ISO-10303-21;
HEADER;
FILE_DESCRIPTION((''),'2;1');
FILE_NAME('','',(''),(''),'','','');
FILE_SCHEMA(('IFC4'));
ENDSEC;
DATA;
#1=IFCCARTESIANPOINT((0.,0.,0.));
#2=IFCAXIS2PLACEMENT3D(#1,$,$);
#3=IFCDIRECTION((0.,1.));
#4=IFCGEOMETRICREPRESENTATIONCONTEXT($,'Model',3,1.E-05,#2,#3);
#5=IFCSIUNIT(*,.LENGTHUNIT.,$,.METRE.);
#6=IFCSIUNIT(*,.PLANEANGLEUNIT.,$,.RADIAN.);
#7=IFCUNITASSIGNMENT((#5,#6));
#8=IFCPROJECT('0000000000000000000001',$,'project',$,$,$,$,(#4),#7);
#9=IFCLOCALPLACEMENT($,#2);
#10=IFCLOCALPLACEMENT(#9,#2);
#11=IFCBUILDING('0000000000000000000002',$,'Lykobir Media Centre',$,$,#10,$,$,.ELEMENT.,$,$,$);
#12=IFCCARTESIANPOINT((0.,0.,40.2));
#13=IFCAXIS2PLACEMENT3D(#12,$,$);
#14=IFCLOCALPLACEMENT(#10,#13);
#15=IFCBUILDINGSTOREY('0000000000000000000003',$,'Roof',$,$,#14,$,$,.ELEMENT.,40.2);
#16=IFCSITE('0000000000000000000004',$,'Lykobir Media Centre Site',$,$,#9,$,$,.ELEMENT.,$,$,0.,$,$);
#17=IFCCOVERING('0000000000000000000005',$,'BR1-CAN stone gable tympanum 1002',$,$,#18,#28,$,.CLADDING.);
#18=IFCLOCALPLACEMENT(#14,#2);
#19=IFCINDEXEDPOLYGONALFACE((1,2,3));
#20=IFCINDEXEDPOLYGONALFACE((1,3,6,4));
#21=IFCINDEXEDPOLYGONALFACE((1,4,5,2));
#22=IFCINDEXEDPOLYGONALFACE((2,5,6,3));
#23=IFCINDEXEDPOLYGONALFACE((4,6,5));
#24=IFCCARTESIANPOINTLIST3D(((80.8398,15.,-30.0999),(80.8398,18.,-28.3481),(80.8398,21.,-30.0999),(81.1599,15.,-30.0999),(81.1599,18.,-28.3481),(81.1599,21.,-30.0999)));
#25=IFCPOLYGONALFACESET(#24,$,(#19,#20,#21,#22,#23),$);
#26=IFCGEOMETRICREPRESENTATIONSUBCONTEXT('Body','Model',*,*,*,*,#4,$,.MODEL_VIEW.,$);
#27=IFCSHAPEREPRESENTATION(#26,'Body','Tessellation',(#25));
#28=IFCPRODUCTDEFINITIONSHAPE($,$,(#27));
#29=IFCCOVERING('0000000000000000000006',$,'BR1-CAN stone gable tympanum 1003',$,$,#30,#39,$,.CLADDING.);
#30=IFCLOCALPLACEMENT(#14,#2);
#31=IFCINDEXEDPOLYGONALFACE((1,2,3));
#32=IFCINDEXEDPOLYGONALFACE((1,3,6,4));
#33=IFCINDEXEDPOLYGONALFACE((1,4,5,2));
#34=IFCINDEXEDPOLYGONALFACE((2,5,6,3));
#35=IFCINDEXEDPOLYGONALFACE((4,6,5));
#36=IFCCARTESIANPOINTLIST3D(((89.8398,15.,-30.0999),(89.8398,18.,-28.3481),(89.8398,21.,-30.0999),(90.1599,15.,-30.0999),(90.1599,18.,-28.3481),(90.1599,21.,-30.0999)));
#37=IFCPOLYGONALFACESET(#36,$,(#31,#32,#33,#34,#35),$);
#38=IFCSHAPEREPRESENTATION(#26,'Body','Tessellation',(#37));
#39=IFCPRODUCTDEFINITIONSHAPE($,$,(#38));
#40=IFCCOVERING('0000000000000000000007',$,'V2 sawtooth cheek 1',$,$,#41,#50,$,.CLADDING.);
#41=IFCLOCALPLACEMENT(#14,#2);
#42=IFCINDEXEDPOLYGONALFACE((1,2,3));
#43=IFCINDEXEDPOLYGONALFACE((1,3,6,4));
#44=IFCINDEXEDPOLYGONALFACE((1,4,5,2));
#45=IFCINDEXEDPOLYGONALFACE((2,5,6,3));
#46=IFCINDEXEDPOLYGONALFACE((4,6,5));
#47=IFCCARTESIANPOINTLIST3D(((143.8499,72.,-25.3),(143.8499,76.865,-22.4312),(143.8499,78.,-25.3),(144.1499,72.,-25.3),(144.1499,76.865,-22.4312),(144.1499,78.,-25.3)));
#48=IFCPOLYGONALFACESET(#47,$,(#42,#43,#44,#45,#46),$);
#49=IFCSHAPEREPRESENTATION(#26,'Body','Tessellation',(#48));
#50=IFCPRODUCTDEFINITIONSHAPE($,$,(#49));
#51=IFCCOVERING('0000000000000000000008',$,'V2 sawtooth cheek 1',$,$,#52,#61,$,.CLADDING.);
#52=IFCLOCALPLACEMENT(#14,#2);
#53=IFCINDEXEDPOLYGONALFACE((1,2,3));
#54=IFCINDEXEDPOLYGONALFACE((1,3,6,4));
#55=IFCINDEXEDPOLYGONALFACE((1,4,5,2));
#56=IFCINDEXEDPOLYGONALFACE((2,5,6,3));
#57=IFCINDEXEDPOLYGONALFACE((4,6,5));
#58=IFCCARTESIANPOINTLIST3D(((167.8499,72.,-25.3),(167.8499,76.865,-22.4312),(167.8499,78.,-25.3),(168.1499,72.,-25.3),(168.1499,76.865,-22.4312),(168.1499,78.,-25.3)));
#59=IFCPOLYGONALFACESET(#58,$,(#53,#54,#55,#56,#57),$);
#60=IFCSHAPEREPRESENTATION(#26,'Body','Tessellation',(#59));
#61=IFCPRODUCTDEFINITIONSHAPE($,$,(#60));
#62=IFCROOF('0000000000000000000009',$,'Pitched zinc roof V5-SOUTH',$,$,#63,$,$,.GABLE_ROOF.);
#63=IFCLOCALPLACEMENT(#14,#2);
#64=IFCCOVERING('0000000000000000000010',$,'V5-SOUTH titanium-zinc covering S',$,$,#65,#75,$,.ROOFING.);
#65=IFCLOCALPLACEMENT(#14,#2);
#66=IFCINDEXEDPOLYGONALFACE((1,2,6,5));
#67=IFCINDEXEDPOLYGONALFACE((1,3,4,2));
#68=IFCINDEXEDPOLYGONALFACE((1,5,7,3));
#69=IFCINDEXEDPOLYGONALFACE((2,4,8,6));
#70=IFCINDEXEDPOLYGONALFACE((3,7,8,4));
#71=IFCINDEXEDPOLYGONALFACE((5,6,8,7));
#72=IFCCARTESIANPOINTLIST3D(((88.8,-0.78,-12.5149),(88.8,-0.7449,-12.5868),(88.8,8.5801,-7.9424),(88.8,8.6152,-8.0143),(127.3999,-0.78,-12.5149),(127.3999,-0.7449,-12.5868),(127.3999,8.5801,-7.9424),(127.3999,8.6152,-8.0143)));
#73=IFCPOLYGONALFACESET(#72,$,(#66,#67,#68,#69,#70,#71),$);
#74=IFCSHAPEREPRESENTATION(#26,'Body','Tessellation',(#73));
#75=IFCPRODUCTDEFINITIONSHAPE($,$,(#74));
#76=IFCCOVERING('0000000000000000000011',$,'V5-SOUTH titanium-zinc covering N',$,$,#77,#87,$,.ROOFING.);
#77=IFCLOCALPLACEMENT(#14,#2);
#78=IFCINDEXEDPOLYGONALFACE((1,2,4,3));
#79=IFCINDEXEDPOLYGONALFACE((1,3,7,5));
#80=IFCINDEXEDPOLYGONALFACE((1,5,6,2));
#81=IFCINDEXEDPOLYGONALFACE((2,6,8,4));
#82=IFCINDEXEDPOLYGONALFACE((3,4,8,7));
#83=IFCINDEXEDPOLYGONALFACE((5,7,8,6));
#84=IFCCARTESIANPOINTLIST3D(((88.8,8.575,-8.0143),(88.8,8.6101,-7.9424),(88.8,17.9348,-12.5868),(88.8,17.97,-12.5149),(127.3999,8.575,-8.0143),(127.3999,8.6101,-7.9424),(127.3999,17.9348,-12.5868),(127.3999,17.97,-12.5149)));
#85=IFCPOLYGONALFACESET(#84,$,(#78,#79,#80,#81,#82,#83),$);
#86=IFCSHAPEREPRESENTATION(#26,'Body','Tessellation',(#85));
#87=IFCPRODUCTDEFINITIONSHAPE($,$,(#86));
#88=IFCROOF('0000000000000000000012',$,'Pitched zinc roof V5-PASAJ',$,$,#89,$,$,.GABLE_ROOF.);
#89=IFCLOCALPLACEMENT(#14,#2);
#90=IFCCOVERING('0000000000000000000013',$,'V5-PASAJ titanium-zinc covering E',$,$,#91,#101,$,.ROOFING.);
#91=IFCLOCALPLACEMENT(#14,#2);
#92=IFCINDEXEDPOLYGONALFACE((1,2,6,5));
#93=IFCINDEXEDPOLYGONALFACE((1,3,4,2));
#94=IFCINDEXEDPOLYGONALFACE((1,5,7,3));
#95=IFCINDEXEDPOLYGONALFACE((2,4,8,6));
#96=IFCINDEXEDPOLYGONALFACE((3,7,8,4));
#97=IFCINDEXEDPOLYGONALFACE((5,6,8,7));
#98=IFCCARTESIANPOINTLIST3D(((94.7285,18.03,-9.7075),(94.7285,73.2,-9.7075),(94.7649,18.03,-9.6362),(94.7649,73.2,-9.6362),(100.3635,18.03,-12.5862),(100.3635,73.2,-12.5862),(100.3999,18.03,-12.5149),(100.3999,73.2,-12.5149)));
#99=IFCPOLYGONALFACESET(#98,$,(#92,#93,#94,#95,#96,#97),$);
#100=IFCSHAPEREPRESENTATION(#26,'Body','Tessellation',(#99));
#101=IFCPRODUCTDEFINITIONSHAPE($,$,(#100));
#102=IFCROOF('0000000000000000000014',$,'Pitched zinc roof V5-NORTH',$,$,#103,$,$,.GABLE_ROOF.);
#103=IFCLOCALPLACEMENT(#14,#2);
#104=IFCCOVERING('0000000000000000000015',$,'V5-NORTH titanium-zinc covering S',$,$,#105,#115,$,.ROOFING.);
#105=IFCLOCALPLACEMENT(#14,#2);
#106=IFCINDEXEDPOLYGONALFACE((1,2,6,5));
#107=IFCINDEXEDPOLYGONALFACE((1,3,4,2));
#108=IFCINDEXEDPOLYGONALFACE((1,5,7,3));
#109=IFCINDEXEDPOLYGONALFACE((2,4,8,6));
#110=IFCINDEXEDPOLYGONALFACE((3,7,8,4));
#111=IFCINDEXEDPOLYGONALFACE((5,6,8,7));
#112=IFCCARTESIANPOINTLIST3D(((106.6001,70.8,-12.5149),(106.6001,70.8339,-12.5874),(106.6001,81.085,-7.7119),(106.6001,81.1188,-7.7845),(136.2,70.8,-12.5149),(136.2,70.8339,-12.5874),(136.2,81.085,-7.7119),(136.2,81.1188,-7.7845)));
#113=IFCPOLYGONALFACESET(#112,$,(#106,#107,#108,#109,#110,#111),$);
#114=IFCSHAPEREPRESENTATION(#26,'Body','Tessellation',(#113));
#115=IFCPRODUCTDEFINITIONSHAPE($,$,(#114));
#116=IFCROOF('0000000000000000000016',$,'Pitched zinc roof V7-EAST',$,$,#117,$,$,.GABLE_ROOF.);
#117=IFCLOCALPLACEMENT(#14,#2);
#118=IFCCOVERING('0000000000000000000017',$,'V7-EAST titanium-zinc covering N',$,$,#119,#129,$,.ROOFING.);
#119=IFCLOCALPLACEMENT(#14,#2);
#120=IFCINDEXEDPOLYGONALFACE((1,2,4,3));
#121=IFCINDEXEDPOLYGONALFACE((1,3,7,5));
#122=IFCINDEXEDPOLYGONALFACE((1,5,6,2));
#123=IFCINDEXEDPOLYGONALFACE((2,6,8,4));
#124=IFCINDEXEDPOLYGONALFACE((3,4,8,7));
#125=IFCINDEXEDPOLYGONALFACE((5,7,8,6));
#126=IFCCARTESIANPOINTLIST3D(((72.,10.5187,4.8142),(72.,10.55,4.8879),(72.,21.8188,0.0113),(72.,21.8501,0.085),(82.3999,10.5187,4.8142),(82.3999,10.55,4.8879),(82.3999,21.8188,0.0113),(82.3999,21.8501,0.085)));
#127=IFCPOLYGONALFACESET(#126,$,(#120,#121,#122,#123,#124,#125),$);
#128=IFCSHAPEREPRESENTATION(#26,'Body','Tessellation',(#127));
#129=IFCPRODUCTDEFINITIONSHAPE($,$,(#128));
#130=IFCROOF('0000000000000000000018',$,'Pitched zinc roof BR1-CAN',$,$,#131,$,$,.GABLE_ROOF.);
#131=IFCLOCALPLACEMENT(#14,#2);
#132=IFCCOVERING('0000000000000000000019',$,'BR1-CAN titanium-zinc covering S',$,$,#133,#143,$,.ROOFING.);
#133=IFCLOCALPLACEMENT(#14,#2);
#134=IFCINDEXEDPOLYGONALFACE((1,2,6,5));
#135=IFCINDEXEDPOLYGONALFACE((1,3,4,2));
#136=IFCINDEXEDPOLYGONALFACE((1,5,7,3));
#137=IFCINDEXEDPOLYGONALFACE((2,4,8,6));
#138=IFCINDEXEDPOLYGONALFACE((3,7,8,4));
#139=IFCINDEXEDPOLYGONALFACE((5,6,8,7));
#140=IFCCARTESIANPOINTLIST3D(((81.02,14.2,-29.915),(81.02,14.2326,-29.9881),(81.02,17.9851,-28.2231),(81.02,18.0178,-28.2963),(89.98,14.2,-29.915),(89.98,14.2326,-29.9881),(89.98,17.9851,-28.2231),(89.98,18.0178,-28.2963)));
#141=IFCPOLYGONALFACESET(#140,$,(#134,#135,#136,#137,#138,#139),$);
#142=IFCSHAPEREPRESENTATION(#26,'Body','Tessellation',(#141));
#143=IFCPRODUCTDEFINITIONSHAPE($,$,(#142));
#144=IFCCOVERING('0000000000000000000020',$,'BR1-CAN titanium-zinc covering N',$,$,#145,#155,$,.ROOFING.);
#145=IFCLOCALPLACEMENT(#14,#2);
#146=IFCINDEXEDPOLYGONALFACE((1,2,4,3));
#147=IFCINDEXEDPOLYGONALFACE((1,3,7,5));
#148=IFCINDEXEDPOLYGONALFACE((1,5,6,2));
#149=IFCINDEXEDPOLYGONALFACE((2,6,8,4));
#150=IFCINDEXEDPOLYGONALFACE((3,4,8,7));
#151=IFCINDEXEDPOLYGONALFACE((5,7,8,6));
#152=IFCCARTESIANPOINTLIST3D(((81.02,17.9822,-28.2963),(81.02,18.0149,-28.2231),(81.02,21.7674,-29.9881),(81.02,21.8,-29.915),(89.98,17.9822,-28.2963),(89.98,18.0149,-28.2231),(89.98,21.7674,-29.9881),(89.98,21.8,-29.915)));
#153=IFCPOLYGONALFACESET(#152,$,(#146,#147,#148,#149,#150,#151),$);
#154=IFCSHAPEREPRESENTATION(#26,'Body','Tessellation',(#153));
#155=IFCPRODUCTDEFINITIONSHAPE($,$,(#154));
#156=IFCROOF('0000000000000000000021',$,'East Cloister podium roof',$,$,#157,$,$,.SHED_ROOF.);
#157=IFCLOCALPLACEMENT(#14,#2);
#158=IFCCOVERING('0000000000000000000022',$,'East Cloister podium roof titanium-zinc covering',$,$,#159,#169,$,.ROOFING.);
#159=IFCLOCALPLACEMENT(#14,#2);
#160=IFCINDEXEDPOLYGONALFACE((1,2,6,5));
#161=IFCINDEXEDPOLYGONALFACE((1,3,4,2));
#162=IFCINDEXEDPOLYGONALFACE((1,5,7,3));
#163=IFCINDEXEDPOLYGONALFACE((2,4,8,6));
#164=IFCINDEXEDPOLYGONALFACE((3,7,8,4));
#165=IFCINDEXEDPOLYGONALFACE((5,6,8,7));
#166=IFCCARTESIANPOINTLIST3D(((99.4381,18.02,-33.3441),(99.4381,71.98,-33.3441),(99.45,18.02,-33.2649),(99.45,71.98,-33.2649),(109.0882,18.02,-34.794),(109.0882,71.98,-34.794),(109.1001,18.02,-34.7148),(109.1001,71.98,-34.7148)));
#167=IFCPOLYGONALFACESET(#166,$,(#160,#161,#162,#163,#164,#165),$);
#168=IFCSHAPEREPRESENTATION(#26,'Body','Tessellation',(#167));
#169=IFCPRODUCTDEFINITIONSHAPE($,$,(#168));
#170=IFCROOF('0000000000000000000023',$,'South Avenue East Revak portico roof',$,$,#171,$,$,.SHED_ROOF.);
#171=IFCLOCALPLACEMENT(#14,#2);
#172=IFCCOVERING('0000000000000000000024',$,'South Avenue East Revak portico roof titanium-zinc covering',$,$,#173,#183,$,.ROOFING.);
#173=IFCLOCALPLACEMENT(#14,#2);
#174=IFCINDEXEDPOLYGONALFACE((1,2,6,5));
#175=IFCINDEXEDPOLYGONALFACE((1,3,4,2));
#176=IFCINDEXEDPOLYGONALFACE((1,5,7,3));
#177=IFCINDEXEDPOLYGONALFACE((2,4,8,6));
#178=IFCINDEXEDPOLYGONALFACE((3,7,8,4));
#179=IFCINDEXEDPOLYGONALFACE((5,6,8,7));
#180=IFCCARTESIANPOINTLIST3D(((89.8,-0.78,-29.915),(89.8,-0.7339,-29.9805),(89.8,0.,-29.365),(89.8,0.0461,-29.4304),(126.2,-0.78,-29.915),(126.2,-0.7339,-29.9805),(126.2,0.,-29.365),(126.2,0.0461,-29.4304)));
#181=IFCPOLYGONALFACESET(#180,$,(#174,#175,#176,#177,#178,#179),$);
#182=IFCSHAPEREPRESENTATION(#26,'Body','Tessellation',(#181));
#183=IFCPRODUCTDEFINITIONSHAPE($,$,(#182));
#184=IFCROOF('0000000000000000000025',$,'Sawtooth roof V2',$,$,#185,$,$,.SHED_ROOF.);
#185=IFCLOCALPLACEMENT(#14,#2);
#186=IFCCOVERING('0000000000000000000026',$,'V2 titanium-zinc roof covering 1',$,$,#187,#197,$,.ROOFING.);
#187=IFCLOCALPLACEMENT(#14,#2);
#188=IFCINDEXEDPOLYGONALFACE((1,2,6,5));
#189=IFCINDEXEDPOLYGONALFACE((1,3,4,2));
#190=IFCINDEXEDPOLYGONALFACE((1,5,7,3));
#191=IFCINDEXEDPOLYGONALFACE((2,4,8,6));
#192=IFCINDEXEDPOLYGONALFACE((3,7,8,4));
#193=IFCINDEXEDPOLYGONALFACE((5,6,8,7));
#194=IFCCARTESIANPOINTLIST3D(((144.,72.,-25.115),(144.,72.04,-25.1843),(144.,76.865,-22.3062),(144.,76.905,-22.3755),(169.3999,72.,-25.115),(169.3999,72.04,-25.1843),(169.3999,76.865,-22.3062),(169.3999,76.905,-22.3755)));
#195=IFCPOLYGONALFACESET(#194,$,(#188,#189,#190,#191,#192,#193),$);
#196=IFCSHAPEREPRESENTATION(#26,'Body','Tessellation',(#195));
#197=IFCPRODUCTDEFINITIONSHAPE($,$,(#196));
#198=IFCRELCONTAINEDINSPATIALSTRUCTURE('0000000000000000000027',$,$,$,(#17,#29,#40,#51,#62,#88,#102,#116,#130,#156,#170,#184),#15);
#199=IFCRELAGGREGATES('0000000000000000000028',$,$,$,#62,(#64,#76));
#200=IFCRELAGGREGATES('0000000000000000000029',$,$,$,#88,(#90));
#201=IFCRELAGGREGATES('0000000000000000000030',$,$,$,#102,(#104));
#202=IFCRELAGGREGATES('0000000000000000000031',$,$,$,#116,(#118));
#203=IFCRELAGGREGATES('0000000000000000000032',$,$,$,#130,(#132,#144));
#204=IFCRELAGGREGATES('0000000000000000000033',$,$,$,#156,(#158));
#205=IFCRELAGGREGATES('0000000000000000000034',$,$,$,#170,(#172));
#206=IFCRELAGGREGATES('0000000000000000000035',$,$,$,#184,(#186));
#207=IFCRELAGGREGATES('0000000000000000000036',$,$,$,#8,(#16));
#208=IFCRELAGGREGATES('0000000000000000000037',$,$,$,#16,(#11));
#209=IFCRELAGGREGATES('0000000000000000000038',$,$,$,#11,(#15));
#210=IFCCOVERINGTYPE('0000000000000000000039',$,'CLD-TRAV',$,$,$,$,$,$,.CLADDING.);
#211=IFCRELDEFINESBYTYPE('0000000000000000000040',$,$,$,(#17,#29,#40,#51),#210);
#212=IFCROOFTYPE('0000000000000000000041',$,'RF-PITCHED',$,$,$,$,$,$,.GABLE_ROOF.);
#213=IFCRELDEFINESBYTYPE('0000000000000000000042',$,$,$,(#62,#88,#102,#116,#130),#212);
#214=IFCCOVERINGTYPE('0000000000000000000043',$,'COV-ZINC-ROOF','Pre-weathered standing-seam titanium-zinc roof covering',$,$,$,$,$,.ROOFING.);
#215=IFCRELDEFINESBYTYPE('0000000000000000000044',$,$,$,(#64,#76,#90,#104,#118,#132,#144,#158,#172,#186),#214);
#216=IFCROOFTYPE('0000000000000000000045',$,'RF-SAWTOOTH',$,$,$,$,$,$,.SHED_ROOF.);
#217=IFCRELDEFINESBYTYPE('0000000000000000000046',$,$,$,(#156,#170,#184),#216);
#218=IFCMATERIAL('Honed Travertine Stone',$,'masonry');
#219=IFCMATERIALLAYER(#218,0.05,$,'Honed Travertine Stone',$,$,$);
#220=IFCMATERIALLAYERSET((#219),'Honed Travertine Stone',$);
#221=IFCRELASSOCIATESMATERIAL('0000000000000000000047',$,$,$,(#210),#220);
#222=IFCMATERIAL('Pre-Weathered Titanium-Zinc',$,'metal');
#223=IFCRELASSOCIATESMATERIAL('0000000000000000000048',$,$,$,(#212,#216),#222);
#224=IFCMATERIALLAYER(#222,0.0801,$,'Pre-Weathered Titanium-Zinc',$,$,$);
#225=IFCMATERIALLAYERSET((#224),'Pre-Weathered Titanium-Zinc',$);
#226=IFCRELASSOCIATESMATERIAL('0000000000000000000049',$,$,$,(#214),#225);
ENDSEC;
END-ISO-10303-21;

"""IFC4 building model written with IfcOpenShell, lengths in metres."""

from ifc_helpers import new_model, si_unit, direction, frame, origin, place, context, subcontext, project, spatial, polyline, outline, extrude, material, layer, layer_set, type_object, element, aggregate, save


model = new_model("IFC4")

# Units and contexts
model_context = context("Model", 3, precision=1e-05, world=origin(), true_north=direction((0.0, 1.0)))
body_context = subcontext(model_context, "Body", "Model", "MODEL_VIEW")
ifc_project = project(units=[si_unit("LENGTHUNIT", "METRE"), si_unit("PLANEANGLEUNIT", "RADIAN")], contexts=[model_context])

# Site, building, storey
site_placement = place(None, origin())
site = spatial("IfcSite", under=ifc_project, at=site_placement, Name="Lykobir Media Centre Site", CompositionType="ELEMENT", RefElevation=0.0)
building_placement = place(site_placement, origin())
building = spatial("IfcBuilding", under=site, at=building_placement, Name="Lykobir Media Centre", CompositionType="ELEMENT")
storey_placement = place(building_placement, frame((0.0, 0.0, 40.2)))
storey = spatial("IfcBuildingStorey", under=building, at=storey_placement, Name="Roof", CompositionType="ELEMENT", Elevation=40.2)

# Coverings
ifc_material_1 = material(Name="Honed Travertine Stone", Category="masonry")
ifc_layer_1 = layer(ifc_material_1, 0.05, Name="Honed Travertine Stone")
ifc_layer_set_1 = layer_set([ifc_layer_1], Name="Honed Travertine Stone")
covering_type_1 = type_object("IfcCoveringType", Name="CLD-TRAV", PredefinedType="CLADDING", material=ifc_layer_set_1)
for number, where, z_axis, x_axis, name in (
    (1, (81.1599, 15.0, -30.0999), (1.0, 0.0, 0.0), (0.0, 1.0, 0.0), "BR1-CAN stone gable tympanum 1002"),
    (2, (90.1599, 15.0, -30.0999), (1.0, 0.0, 0.0), (0.0, 1.0, 0.0), "BR1-CAN stone gable tympanum 1003"),
):
    element("IfcCovering", number, at=place(storey_placement, frame(where, z_axis=z_axis, x_axis=x_axis)), inside=storey, type_object=covering_type_1, Name=name, PredefinedType="CLADDING", context=body_context, shape_type="SweptSolid", body=[
        extrude(outline(polyline([(0.0, 0.0), (6.0, 0.0), (3.0, 1.7517), (0.0, 0.0)])), origin(), (0.0, 0.0, -1.0), 0.3201),
    ])
for number, where, z_axis, x_axis, name in (
    (3, (144.1499, 72.0, -25.3), (1.0, 0.0, 0.0), (0.0, 1.0, 0.0), "V2 sawtooth cheek 1"),
    (4, (168.1499, 72.0, -25.3), (1.0, 0.0, 0.0), (0.0, 1.0, 0.0), "V2 sawtooth cheek 1"),
):
    element("IfcCovering", number, at=place(storey_placement, frame(where, z_axis=z_axis, x_axis=x_axis)), inside=storey, type_object=covering_type_1, Name=name, PredefinedType="CLADDING", context=body_context, shape_type="SweptSolid", body=[
        extrude(outline(polyline([(0.0, 0.0), (6.0, 0.0), (4.865, 2.8689), (0.0, 0.0)])), origin(), (0.0, 0.0, -1.0), 0.3),
    ])

# Roof, coverings
ifc_material_2 = material(Name="Pre-Weathered Titanium-Zinc", Category="metal")
roof_type_1 = type_object("IfcRoofType", Name="RF-PITCHED", PredefinedType="GABLE_ROOF", material=ifc_material_2)
roof_1_placement = place(storey_placement, origin())
roof_1 = element("IfcRoof", 5, at=roof_1_placement, inside=storey, type_object=roof_type_1, Name="Pitched zinc roof V5-SOUTH", PredefinedType="GABLE_ROOF")
ifc_layer_2 = layer(ifc_material_2, 0.0801, Name="Pre-Weathered Titanium-Zinc")
ifc_layer_set_2 = layer_set([ifc_layer_2], Name="Pre-Weathered Titanium-Zinc")
covering_type_2 = type_object("IfcCoveringType", Name="COV-ZINC-ROOF", Description="Pre-weathered standing-seam titanium-zinc roof covering", PredefinedType="ROOFING", material=ifc_layer_set_2)
covering_1_placement = place(storey_placement, frame((88.8, -0.78, -12.5149), z_axis=(0.0, -0.438936, 0.898519), x_axis=(1.0, 0.0, 0.0)))
covering_1 = element("IfcCovering", 6, at=covering_1_placement, type_object=covering_type_2, Name="V5-SOUTH titanium-zinc covering S", PredefinedType="ROOFING", context=body_context, shape_type="SweptSolid", body=[
    extrude(outline(polyline([(0.0, 0.0), (38.5999, 0.0), (38.5999, 10.4173), (0.0, 10.4173), (0.0, 0.0)])), origin(), (0.0, 0.0, -1.0), 0.0801),
])
covering_2_placement = place(storey_placement, frame((127.3999, 17.97, -12.5149), z_axis=(0.0, 0.438945, 0.898514), x_axis=(-1.0, 0.0, 0.0)))
covering_2 = element("IfcCovering", 7, at=covering_2_placement, type_object=covering_type_2, Name="V5-SOUTH titanium-zinc covering N", PredefinedType="ROOFING", context=body_context, shape_type="SweptSolid", body=[
    extrude(outline(polyline([(0.0, 0.0), (38.5999, 0.0), (38.5999, 10.417), (0.0, 10.417), (0.0, 0.0)])), origin(), (0.0, 0.0, -1.0), 0.0801),
])
aggregate(roof_1, [covering_1, covering_2])

# Roofs, coverings
roof_2_placement = place(storey_placement, origin())
roof_2 = element("IfcRoof", 8, at=roof_2_placement, inside=storey, type_object=roof_type_1, Name="Pitched zinc roof V5-PASAJ", PredefinedType="GABLE_ROOF")
covering_3_placement = place(storey_placement, frame((100.3999, 18.03, -12.5149), z_axis=(0.454929, 0.0, 0.890528), x_axis=(0.0, 1.0, 0.0)))
covering_3 = element("IfcCovering", 9, at=covering_3_placement, type_object=covering_type_2, Name="V5-PASAJ titanium-zinc covering E", PredefinedType="ROOFING", context=body_context, shape_type="SweptSolid", body=[
    extrude(outline(polyline([(0.0, 0.0), (55.1699, 0.0), (55.1699, 6.3277), (0.0, 6.3277), (0.0, 0.0)])), origin(), (0.0, 0.0, -1.0), 0.0801),
])
aggregate(roof_2, [covering_3])
roof_3_placement = place(storey_placement, origin())
roof_3 = element("IfcRoof", 10, at=roof_3_placement, inside=storey, type_object=roof_type_1, Name="Pitched zinc roof V5-NORTH", PredefinedType="GABLE_ROOF")
covering_4_placement = place(storey_placement, frame((106.6001, 70.8, -12.5149), z_axis=(0.0, -0.423128, 0.90607), x_axis=(1.0, 0.0, 0.0)))
covering_4 = element("IfcCovering", 11, at=covering_4_placement, type_object=covering_type_2, Name="V5-NORTH titanium-zinc covering S", PredefinedType="ROOFING", context=body_context, shape_type="SweptSolid", body=[
    extrude(outline(polyline([(0.0, 0.0), (29.5999, 0.0), (29.5999, 11.3511), (0.0, 11.3511), (0.0, 0.0)])), origin(), (0.0, 0.0, -1.0), 0.0801),
])
aggregate(roof_3, [covering_4])
roof_4_placement = place(storey_placement, origin())
roof_4 = element("IfcRoof", 12, at=roof_4_placement, inside=storey, type_object=roof_type_1, Name="Pitched zinc roof V7-EAST", PredefinedType="GABLE_ROOF")
covering_5_placement = place(storey_placement, frame((82.3999, 21.8501, 0.085), z_axis=(0.0, 0.391172, 0.920317), x_axis=(-1.0, 0.0, 0.0)))
covering_5 = element("IfcCovering", 13, at=covering_5_placement, type_object=covering_type_2, Name="V7-EAST titanium-zinc covering N", PredefinedType="ROOFING", context=body_context, shape_type="SweptSolid", body=[
    extrude(outline(polyline([(0.0, 0.0), (10.3999, 0.0), (10.3999, 12.2784), (0.0, 12.2784), (0.0, 0.0)])), origin(), (0.0, 0.0, -1.0), 0.0801),
])
aggregate(roof_4, [covering_5])

# Roof, coverings
roof_5_placement = place(storey_placement, origin())
roof_5 = element("IfcRoof", 14, at=roof_5_placement, inside=storey, type_object=roof_type_1, Name="Pitched zinc roof BR1-CAN", PredefinedType="GABLE_ROOF")
covering_6_placement = place(storey_placement, frame((81.02, 14.2, -29.915), z_axis=(0.0, -0.408072, 0.91295), x_axis=(1.0, 0.0, 0.0)))
covering_6 = element("IfcCovering", 15, at=covering_6_placement, type_object=covering_type_2, Name="BR1-CAN titanium-zinc covering S", PredefinedType="ROOFING", context=body_context, shape_type="SweptSolid", body=[
    extrude(outline(polyline([(0.0, 0.0), (8.96, 0.0), (8.96, 4.1461), (0.0, 4.1461), (0.0, 0.0)])), origin(), (0.0, 0.0, -1.0), 0.0801),
])
covering_7_placement = place(storey_placement, frame((89.98, 21.8, -29.915), z_axis=(0.0, 0.408072, 0.91295), x_axis=(-1.0, 0.0, 0.0)))
covering_7 = element("IfcCovering", 16, at=covering_7_placement, type_object=covering_type_2, Name="BR1-CAN titanium-zinc covering N", PredefinedType="ROOFING", context=body_context, shape_type="SweptSolid", body=[
    extrude(outline(polyline([(0.0, 0.0), (8.96, 0.0), (8.96, 4.1461), (0.0, 4.1461), (0.0, 0.0)])), origin(), (0.0, 0.0, -1.0), 0.0801),
])
aggregate(roof_5, [covering_6, covering_7])

# Roofs, coverings
roof_type_2 = type_object("IfcRoofType", Name="RF-SAWTOOTH", PredefinedType="SHED_ROOF", material=ifc_material_2)
roof_6_placement = place(storey_placement, origin())
roof_6 = element("IfcRoof", 17, at=roof_6_placement, inside=storey, type_object=roof_type_2, Name="East Cloister podium roof", PredefinedType="SHED_ROOF")
covering_8_placement = place(storey_placement, frame((109.1001, 18.02, -34.7148), z_axis=(0.148584, 0.0, 0.9889), x_axis=(0.0, 1.0, 0.0)))
covering_8 = element("IfcCovering", 18, at=covering_8_placement, type_object=covering_type_2, Name="East Cloister podium roof titanium-zinc covering", PredefinedType="ROOFING", context=body_context, shape_type="SweptSolid", body=[
    extrude(outline(polyline([(0.0, 0.0), (53.96, 0.0), (53.96, 9.7585), (0.0, 9.7585), (0.0, 0.0)])), origin(), (0.0, 0.0, -1.0), 0.0801),
])
aggregate(roof_6, [covering_8])
roof_7_placement = place(storey_placement, origin())
roof_7 = element("IfcRoof", 19, at=roof_7_placement, inside=storey, type_object=roof_type_2, Name="South Avenue East Revak portico roof", PredefinedType="SHED_ROOF")
covering_9_placement = place(storey_placement, frame((89.8, -0.78, -29.915), z_axis=(0.0, -0.576291, 0.817244), x_axis=(1.0, 0.0, 0.0)))
covering_9 = element("IfcCovering", 20, at=covering_9_placement, type_object=covering_type_2, Name="South Avenue East Revak portico roof titanium-zinc covering", PredefinedType="ROOFING", context=body_context, shape_type="SweptSolid", body=[
    extrude(outline(polyline([(0.0, 0.0), (36.3999, 0.0), (36.3999, 0.9545), (0.0, 0.9545), (0.0, 0.0)])), origin(), (0.0, 0.0, -1.0), 0.0801),
])
aggregate(roof_7, [covering_9])
roof_8_placement = place(storey_placement, origin())
roof_8 = element("IfcRoof", 21, at=roof_8_placement, inside=storey, type_object=roof_type_2, Name="Sawtooth roof V2", PredefinedType="SHED_ROOF")
covering_10_placement = place(storey_placement, frame((144.0, 72.0, -25.115), z_axis=(0.0, -0.500005, 0.866023), x_axis=(1.0, 0.0, 0.0)))
covering_10 = element("IfcCovering", 22, at=covering_10_placement, type_object=covering_type_2, Name="V2 titanium-zinc roof covering 1", PredefinedType="ROOFING", context=body_context, shape_type="SweptSolid", body=[
    extrude(outline(polyline([(0.0, 0.0), (25.3999, 0.0), (25.3999, 5.6176), (0.0, 5.6176), (0.0, 0.0)])), origin(), (0.0, 0.0, -1.0), 0.0801),
])
aggregate(roof_8, [covering_10])

save(model, "model.ifc")
